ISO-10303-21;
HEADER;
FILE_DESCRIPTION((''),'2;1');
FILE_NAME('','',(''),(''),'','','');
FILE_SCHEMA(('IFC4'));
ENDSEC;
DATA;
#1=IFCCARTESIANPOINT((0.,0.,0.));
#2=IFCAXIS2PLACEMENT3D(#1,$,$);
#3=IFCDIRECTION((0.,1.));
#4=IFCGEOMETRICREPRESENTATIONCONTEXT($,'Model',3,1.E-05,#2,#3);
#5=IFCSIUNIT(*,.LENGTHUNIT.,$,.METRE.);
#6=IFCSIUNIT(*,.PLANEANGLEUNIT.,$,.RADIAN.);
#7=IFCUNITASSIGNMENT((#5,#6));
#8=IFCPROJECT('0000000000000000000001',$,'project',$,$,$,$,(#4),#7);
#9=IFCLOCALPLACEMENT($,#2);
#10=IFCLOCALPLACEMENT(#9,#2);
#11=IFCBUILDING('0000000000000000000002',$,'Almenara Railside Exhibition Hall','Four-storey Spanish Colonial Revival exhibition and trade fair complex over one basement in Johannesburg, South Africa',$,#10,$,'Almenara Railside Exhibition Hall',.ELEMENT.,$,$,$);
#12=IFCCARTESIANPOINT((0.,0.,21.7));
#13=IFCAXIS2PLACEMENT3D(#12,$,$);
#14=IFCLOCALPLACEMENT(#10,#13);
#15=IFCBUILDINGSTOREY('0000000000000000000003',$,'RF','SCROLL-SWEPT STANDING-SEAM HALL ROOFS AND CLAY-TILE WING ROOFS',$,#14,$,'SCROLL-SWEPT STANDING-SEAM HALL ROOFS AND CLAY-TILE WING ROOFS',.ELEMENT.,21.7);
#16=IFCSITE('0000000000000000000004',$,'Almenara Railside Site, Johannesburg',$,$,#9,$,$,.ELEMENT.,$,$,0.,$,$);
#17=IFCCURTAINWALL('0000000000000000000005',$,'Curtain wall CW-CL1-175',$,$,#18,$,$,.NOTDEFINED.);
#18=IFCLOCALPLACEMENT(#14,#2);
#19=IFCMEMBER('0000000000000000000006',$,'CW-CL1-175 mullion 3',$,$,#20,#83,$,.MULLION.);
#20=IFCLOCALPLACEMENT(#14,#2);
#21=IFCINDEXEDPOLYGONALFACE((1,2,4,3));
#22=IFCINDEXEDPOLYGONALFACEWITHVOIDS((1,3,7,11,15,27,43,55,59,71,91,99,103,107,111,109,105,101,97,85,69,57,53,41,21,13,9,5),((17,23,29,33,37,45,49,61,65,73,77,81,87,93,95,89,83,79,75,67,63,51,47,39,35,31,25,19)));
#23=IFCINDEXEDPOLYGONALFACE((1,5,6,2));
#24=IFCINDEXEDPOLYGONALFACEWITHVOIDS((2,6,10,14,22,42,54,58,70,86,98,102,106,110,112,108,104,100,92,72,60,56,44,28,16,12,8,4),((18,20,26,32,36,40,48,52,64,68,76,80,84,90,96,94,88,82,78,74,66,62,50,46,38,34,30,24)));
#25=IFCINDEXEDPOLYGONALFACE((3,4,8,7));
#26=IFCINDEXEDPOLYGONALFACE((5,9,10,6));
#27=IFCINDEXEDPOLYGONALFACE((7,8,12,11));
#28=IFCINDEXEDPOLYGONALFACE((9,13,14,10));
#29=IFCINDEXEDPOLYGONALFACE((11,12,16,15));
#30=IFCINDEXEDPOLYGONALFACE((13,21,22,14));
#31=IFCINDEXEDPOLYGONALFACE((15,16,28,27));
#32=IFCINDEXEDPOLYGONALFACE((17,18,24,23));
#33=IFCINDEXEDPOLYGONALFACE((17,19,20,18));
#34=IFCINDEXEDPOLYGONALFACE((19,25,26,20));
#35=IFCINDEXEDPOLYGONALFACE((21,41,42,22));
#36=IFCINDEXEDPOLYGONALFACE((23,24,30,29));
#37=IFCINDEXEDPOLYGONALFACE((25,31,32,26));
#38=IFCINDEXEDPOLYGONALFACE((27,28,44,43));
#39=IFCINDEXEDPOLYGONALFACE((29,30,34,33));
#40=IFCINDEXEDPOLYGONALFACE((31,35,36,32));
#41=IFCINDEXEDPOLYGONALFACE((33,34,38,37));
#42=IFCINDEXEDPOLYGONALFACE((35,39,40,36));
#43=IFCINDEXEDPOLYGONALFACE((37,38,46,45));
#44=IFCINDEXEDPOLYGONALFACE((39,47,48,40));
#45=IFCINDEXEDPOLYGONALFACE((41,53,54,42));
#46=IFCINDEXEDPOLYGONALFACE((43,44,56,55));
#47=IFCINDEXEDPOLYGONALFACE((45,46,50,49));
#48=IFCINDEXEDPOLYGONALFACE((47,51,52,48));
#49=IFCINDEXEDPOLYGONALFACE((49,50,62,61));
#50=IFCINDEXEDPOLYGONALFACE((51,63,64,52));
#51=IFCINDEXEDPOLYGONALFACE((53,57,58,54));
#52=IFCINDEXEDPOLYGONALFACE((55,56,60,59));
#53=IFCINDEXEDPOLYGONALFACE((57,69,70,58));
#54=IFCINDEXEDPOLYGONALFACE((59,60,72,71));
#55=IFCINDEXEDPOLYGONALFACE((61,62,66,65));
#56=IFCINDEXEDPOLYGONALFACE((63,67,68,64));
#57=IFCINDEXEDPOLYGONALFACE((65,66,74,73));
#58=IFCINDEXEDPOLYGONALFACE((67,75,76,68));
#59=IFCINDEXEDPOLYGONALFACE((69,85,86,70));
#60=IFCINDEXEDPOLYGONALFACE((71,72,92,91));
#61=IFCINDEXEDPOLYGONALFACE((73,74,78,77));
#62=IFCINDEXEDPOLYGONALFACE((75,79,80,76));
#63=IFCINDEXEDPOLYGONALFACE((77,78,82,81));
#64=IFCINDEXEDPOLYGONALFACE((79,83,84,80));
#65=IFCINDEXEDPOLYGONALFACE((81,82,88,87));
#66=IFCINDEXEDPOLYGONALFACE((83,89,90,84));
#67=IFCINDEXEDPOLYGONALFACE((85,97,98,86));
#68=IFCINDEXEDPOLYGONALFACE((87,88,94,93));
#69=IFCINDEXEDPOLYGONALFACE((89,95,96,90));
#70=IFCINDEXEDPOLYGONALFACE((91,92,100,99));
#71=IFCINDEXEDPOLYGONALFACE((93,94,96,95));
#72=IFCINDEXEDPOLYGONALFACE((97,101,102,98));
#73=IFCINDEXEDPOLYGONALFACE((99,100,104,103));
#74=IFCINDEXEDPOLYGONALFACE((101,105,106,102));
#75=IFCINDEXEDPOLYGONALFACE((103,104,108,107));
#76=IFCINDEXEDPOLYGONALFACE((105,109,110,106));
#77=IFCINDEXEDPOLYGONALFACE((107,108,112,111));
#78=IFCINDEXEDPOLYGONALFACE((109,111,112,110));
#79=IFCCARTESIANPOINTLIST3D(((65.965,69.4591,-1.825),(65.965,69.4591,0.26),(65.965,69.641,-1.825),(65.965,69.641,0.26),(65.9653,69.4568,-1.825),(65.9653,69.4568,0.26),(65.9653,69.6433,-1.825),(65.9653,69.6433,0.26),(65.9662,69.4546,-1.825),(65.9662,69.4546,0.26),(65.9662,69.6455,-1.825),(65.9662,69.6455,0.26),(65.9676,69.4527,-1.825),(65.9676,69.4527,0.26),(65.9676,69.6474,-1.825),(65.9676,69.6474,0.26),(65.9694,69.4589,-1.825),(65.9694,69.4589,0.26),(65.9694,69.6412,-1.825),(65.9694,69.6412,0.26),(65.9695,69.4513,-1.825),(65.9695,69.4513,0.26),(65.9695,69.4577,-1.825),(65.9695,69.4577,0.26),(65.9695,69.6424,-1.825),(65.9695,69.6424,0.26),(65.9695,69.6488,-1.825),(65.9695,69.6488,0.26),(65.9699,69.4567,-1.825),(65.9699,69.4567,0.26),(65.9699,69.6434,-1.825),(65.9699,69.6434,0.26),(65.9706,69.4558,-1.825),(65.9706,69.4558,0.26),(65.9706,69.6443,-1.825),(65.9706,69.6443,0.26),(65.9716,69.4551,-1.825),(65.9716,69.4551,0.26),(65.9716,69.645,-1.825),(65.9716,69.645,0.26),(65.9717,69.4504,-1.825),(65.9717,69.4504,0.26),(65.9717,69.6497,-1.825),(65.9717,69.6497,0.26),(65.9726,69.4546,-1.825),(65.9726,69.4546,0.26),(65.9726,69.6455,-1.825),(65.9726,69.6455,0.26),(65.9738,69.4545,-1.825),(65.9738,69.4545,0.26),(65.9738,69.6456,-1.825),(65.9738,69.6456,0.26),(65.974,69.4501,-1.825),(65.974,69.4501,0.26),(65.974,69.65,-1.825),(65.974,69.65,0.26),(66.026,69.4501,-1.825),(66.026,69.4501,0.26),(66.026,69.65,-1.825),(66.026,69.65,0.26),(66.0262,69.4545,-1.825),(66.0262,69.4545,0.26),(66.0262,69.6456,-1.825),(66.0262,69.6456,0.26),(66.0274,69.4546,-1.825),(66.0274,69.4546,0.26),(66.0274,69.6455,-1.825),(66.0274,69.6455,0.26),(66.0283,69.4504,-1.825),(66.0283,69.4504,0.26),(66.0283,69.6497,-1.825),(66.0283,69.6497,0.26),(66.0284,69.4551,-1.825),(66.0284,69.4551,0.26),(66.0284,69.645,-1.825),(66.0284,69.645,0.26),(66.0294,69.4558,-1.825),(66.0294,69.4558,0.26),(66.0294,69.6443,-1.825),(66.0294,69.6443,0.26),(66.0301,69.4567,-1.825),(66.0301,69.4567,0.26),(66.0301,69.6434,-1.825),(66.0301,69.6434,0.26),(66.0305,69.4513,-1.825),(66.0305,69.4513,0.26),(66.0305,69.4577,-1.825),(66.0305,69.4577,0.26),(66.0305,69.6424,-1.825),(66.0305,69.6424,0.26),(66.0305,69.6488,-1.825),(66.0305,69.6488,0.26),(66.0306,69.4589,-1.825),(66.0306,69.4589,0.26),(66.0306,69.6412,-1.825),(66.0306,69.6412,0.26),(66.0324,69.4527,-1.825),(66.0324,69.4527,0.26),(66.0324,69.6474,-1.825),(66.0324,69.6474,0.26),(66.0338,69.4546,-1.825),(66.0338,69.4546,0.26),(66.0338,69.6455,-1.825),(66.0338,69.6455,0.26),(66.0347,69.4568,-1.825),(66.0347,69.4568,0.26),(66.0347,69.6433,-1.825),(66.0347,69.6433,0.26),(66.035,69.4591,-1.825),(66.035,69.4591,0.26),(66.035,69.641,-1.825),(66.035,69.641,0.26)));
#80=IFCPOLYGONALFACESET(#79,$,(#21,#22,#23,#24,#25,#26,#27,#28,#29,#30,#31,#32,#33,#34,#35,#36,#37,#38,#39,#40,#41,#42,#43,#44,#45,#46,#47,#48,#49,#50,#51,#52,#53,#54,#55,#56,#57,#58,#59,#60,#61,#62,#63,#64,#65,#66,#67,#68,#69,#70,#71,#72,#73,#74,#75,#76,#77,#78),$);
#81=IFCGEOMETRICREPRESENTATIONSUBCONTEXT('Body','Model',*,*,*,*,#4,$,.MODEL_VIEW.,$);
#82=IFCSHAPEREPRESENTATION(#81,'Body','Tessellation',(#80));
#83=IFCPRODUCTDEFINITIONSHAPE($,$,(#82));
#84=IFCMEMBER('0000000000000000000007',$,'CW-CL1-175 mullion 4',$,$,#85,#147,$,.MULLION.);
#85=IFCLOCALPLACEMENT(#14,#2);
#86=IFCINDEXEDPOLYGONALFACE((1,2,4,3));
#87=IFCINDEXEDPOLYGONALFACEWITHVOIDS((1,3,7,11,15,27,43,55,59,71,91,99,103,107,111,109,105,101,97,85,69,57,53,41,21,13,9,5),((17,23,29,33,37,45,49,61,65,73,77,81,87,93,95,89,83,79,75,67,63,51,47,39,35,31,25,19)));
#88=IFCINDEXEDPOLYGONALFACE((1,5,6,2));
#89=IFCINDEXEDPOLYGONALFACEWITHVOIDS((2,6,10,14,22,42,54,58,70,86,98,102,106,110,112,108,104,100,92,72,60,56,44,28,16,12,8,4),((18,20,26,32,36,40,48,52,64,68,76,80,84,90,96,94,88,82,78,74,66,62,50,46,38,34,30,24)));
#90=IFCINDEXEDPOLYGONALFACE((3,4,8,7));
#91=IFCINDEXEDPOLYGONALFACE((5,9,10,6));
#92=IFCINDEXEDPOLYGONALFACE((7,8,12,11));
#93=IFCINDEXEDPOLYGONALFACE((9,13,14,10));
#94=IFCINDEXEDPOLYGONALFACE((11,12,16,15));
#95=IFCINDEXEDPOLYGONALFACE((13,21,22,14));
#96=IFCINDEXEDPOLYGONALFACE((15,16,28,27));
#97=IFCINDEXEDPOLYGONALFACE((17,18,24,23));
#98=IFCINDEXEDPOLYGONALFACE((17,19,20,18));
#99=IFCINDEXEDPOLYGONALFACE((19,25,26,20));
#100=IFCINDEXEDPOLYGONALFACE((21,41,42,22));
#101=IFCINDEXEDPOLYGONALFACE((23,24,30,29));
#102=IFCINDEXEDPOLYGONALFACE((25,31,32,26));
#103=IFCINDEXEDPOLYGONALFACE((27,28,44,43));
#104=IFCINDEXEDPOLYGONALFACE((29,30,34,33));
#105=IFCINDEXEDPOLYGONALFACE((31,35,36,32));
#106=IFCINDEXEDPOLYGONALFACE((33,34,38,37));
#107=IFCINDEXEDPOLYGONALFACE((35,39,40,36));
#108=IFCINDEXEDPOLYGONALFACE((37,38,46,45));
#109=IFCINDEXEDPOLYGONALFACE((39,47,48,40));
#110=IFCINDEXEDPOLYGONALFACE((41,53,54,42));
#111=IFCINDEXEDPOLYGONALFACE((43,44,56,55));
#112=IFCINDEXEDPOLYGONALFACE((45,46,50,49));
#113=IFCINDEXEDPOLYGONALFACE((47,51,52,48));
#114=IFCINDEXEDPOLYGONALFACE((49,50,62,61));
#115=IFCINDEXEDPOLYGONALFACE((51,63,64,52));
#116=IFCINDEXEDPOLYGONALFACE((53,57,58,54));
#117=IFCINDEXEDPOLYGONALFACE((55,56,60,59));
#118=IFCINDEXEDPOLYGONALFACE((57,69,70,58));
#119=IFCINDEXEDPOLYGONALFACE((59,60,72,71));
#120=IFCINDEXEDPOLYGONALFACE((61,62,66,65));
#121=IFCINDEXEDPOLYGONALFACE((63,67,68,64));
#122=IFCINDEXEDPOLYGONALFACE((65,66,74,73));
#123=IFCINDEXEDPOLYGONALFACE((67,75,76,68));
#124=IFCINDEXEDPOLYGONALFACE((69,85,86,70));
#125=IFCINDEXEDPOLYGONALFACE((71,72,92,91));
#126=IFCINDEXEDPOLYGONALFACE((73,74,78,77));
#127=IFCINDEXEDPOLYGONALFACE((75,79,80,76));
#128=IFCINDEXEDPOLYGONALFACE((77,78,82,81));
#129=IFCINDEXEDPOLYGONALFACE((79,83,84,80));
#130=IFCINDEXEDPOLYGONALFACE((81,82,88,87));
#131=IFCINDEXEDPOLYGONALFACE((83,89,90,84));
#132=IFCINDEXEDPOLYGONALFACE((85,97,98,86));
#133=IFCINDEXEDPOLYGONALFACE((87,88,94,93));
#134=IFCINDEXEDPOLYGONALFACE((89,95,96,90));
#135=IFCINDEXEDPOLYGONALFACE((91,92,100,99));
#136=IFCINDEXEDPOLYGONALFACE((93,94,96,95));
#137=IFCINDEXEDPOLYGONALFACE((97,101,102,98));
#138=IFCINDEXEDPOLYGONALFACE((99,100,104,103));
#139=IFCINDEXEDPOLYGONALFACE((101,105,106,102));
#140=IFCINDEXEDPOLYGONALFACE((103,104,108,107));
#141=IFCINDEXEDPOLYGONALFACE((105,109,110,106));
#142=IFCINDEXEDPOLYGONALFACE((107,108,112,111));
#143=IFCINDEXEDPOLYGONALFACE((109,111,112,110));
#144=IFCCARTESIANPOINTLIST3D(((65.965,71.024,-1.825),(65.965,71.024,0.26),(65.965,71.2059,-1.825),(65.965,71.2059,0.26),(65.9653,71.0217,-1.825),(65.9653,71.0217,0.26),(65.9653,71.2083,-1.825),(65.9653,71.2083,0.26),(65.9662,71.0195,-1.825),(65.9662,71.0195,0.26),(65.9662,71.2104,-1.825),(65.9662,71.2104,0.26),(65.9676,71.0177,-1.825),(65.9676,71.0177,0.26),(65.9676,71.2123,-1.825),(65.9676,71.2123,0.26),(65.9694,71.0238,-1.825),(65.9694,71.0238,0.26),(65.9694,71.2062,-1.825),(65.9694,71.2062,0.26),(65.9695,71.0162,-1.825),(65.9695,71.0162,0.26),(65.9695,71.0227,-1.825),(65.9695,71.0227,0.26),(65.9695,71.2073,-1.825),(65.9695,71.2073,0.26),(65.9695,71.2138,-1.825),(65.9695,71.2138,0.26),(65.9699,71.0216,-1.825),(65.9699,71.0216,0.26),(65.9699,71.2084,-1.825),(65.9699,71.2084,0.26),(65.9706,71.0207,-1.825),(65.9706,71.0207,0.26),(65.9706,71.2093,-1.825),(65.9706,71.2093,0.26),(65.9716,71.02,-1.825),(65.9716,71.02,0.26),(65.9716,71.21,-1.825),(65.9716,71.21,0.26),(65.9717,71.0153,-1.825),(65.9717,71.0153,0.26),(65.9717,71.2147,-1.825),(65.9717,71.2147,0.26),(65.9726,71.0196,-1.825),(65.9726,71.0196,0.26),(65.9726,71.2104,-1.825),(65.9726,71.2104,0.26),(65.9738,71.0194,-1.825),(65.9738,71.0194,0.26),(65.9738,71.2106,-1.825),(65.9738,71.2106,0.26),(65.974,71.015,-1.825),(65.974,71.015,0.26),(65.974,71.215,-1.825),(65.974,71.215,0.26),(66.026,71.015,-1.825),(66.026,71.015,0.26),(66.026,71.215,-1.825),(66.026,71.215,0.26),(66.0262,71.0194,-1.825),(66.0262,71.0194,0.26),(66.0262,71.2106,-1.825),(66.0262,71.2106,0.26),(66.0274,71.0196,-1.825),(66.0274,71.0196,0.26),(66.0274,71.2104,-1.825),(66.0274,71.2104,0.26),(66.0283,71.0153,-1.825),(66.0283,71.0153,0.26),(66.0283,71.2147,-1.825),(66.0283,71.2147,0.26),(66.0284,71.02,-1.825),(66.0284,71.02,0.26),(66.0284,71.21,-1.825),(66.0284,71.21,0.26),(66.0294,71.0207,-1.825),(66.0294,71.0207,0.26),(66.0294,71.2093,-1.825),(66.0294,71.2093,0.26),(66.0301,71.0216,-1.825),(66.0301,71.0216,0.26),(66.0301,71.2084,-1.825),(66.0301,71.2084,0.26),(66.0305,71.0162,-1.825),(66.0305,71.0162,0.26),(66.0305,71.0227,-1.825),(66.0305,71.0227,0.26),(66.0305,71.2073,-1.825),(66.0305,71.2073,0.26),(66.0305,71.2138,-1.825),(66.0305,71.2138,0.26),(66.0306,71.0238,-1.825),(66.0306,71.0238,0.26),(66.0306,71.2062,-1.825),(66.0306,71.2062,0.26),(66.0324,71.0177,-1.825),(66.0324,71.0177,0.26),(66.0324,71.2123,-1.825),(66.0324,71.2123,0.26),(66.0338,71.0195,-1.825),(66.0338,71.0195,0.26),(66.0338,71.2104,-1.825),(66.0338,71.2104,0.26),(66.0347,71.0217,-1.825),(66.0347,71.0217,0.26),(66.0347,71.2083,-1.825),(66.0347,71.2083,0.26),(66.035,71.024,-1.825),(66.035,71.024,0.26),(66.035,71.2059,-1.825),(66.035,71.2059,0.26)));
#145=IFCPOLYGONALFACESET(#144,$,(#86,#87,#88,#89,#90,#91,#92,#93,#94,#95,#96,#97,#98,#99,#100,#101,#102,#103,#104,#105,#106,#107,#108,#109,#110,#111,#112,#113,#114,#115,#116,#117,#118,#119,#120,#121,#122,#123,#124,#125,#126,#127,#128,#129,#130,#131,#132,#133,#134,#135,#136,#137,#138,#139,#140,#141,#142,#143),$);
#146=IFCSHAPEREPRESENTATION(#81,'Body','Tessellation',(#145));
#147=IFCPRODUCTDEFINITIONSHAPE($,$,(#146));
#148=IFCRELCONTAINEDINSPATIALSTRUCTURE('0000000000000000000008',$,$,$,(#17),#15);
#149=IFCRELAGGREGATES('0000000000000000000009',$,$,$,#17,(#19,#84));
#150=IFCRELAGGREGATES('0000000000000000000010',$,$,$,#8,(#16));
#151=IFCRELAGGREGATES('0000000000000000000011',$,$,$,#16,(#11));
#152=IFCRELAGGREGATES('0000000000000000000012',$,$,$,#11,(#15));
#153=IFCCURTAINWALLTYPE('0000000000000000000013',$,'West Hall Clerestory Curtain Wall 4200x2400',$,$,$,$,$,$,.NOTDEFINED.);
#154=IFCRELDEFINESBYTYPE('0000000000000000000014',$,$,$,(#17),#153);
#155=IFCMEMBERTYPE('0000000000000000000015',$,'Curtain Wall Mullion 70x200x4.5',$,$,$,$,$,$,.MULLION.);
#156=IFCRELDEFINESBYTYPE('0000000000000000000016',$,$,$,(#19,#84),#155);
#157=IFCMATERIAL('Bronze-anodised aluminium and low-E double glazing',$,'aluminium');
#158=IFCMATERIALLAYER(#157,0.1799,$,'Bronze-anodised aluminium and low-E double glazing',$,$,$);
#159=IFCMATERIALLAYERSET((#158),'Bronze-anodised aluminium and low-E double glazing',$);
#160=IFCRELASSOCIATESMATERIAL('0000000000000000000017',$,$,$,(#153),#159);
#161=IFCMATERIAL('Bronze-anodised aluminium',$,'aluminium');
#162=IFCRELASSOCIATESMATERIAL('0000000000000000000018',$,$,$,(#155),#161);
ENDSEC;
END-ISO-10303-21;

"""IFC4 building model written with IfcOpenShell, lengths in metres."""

from ifc_helpers import new_model, si_unit, direction, frame, origin, origin_2d, place, context, subcontext, project, spatial, hollow_rectangle, extrude, material, layer, layer_set, material_profile, profile_set, type_object, element, aggregate, save


model = new_model("IFC4")

# Units and contexts
model_context = context("Model", 3, precision=1e-05, world=origin(), true_north=direction((0.0, 1.0)))
body_context = subcontext(model_context, "Body", "Model", "MODEL_VIEW")
ifc_project = project(units=[si_unit("LENGTHUNIT", "METRE"), si_unit("PLANEANGLEUNIT", "RADIAN")], contexts=[model_context])

# Site, building, storey
site_placement = place(None, origin())
site = spatial("IfcSite", under=ifc_project, at=site_placement, Name="Almenara Railside Site, Johannesburg", CompositionType="ELEMENT", RefElevation=0.0)
building_placement = place(site_placement, origin())
building = spatial("IfcBuilding", under=site, at=building_placement, Name="Almenara Railside Exhibition Hall", Description="Four-storey Spanish Colonial Revival exhibition and trade fair complex over one basement in Johannesburg, South Africa", LongName="Almenara Railside Exhibition Hall", CompositionType="ELEMENT")
storey_placement = place(building_placement, frame((0.0, 0.0, 21.7)))
storey = spatial("IfcBuildingStorey", under=building, at=storey_placement, Name="RF", Description="SCROLL-SWEPT STANDING-SEAM HALL ROOFS AND CLAY-TILE WING ROOFS", LongName="SCROLL-SWEPT STANDING-SEAM HALL ROOFS AND CLAY-TILE WING ROOFS", CompositionType="ELEMENT", Elevation=21.7)

# Curtain wall, members
ifc_material_1 = material(Name="Bronze-anodised aluminium and low-E double glazing", Category="aluminium")
ifc_layer_1 = layer(ifc_material_1, 0.1799, Name="Bronze-anodised aluminium and low-E double glazing")
ifc_layer_set_1 = layer_set([ifc_layer_1], Name="Bronze-anodised aluminium and low-E double glazing")
curtain_wall_type = type_object("IfcCurtainWallType", Name="West Hall Clerestory Curtain Wall 4200x2400", PredefinedType="NOTDEFINED", material=ifc_layer_set_1)
ifc_material_2 = material(Name="Bronze-anodised aluminium", Category="aluminium")
curtain_wall_1_placement = place(storey_placement, origin())
curtain_wall_1 = element("IfcCurtainWall", 1, at=curtain_wall_1_placement, inside=storey, type_object=curtain_wall_type, Name="Curtain wall CW-CL1-175", PredefinedType="NOTDEFINED")
ifc_material_profile_1 = material_profile(ifc_material_2, hollow_rectangle(XDim=0.0701, YDim=0.2, WallThickness=0.0044, InnerFilletRadius=0.0044, OuterFilletRadius=0.009, at=origin_2d()), Name="ALU-MUL 70x200x4.5")
ifc_profile_set_1 = profile_set([ifc_material_profile_1], Name="Bronze-anodised aluminium")
member_type_1 = type_object("IfcMemberType", Name="Curtain Wall Mullion 70x200x4.5", PredefinedType="MULLION", material=ifc_profile_set_1)
member_1_placement = place(storey_placement, frame((66.0, 69.55, -1.825), z_axis=(0.0, 0.0, 1.0), x_axis=(-1.0, 0.0, 0.0)))
member_1 = element("IfcMember", 2, at=member_1_placement, type_object=member_type_1, Name="CW-CL1-175 mullion 3", PredefinedType="MULLION", context=body_context, shape_type="SweptSolid", body=[
    extrude(hollow_rectangle(XDim=0.0701, YDim=0.2, WallThickness=0.0044, InnerFilletRadius=0.0044, OuterFilletRadius=0.009, at=origin_2d()), origin(), (0.0, 0.0, 1.0), 2.085),
])
member_2_placement = place(storey_placement, frame((66.0, 71.115, -1.825), z_axis=(0.0, 0.0, 1.0), x_axis=(-1.0, 0.0, 0.0)))
member_2 = element("IfcMember", 3, at=member_2_placement, type_object=member_type_1, Name="CW-CL1-175 mullion 4", PredefinedType="MULLION", context=body_context, shape_type="SweptSolid", body=[
    extrude(hollow_rectangle(XDim=0.0701, YDim=0.2, WallThickness=0.0044, InnerFilletRadius=0.0044, OuterFilletRadius=0.009, at=origin_2d()), origin(), (0.0, 0.0, 1.0), 2.085),
])

aggregate(curtain_wall_1, [member_1, member_2])

save(model, "model.ifc")
